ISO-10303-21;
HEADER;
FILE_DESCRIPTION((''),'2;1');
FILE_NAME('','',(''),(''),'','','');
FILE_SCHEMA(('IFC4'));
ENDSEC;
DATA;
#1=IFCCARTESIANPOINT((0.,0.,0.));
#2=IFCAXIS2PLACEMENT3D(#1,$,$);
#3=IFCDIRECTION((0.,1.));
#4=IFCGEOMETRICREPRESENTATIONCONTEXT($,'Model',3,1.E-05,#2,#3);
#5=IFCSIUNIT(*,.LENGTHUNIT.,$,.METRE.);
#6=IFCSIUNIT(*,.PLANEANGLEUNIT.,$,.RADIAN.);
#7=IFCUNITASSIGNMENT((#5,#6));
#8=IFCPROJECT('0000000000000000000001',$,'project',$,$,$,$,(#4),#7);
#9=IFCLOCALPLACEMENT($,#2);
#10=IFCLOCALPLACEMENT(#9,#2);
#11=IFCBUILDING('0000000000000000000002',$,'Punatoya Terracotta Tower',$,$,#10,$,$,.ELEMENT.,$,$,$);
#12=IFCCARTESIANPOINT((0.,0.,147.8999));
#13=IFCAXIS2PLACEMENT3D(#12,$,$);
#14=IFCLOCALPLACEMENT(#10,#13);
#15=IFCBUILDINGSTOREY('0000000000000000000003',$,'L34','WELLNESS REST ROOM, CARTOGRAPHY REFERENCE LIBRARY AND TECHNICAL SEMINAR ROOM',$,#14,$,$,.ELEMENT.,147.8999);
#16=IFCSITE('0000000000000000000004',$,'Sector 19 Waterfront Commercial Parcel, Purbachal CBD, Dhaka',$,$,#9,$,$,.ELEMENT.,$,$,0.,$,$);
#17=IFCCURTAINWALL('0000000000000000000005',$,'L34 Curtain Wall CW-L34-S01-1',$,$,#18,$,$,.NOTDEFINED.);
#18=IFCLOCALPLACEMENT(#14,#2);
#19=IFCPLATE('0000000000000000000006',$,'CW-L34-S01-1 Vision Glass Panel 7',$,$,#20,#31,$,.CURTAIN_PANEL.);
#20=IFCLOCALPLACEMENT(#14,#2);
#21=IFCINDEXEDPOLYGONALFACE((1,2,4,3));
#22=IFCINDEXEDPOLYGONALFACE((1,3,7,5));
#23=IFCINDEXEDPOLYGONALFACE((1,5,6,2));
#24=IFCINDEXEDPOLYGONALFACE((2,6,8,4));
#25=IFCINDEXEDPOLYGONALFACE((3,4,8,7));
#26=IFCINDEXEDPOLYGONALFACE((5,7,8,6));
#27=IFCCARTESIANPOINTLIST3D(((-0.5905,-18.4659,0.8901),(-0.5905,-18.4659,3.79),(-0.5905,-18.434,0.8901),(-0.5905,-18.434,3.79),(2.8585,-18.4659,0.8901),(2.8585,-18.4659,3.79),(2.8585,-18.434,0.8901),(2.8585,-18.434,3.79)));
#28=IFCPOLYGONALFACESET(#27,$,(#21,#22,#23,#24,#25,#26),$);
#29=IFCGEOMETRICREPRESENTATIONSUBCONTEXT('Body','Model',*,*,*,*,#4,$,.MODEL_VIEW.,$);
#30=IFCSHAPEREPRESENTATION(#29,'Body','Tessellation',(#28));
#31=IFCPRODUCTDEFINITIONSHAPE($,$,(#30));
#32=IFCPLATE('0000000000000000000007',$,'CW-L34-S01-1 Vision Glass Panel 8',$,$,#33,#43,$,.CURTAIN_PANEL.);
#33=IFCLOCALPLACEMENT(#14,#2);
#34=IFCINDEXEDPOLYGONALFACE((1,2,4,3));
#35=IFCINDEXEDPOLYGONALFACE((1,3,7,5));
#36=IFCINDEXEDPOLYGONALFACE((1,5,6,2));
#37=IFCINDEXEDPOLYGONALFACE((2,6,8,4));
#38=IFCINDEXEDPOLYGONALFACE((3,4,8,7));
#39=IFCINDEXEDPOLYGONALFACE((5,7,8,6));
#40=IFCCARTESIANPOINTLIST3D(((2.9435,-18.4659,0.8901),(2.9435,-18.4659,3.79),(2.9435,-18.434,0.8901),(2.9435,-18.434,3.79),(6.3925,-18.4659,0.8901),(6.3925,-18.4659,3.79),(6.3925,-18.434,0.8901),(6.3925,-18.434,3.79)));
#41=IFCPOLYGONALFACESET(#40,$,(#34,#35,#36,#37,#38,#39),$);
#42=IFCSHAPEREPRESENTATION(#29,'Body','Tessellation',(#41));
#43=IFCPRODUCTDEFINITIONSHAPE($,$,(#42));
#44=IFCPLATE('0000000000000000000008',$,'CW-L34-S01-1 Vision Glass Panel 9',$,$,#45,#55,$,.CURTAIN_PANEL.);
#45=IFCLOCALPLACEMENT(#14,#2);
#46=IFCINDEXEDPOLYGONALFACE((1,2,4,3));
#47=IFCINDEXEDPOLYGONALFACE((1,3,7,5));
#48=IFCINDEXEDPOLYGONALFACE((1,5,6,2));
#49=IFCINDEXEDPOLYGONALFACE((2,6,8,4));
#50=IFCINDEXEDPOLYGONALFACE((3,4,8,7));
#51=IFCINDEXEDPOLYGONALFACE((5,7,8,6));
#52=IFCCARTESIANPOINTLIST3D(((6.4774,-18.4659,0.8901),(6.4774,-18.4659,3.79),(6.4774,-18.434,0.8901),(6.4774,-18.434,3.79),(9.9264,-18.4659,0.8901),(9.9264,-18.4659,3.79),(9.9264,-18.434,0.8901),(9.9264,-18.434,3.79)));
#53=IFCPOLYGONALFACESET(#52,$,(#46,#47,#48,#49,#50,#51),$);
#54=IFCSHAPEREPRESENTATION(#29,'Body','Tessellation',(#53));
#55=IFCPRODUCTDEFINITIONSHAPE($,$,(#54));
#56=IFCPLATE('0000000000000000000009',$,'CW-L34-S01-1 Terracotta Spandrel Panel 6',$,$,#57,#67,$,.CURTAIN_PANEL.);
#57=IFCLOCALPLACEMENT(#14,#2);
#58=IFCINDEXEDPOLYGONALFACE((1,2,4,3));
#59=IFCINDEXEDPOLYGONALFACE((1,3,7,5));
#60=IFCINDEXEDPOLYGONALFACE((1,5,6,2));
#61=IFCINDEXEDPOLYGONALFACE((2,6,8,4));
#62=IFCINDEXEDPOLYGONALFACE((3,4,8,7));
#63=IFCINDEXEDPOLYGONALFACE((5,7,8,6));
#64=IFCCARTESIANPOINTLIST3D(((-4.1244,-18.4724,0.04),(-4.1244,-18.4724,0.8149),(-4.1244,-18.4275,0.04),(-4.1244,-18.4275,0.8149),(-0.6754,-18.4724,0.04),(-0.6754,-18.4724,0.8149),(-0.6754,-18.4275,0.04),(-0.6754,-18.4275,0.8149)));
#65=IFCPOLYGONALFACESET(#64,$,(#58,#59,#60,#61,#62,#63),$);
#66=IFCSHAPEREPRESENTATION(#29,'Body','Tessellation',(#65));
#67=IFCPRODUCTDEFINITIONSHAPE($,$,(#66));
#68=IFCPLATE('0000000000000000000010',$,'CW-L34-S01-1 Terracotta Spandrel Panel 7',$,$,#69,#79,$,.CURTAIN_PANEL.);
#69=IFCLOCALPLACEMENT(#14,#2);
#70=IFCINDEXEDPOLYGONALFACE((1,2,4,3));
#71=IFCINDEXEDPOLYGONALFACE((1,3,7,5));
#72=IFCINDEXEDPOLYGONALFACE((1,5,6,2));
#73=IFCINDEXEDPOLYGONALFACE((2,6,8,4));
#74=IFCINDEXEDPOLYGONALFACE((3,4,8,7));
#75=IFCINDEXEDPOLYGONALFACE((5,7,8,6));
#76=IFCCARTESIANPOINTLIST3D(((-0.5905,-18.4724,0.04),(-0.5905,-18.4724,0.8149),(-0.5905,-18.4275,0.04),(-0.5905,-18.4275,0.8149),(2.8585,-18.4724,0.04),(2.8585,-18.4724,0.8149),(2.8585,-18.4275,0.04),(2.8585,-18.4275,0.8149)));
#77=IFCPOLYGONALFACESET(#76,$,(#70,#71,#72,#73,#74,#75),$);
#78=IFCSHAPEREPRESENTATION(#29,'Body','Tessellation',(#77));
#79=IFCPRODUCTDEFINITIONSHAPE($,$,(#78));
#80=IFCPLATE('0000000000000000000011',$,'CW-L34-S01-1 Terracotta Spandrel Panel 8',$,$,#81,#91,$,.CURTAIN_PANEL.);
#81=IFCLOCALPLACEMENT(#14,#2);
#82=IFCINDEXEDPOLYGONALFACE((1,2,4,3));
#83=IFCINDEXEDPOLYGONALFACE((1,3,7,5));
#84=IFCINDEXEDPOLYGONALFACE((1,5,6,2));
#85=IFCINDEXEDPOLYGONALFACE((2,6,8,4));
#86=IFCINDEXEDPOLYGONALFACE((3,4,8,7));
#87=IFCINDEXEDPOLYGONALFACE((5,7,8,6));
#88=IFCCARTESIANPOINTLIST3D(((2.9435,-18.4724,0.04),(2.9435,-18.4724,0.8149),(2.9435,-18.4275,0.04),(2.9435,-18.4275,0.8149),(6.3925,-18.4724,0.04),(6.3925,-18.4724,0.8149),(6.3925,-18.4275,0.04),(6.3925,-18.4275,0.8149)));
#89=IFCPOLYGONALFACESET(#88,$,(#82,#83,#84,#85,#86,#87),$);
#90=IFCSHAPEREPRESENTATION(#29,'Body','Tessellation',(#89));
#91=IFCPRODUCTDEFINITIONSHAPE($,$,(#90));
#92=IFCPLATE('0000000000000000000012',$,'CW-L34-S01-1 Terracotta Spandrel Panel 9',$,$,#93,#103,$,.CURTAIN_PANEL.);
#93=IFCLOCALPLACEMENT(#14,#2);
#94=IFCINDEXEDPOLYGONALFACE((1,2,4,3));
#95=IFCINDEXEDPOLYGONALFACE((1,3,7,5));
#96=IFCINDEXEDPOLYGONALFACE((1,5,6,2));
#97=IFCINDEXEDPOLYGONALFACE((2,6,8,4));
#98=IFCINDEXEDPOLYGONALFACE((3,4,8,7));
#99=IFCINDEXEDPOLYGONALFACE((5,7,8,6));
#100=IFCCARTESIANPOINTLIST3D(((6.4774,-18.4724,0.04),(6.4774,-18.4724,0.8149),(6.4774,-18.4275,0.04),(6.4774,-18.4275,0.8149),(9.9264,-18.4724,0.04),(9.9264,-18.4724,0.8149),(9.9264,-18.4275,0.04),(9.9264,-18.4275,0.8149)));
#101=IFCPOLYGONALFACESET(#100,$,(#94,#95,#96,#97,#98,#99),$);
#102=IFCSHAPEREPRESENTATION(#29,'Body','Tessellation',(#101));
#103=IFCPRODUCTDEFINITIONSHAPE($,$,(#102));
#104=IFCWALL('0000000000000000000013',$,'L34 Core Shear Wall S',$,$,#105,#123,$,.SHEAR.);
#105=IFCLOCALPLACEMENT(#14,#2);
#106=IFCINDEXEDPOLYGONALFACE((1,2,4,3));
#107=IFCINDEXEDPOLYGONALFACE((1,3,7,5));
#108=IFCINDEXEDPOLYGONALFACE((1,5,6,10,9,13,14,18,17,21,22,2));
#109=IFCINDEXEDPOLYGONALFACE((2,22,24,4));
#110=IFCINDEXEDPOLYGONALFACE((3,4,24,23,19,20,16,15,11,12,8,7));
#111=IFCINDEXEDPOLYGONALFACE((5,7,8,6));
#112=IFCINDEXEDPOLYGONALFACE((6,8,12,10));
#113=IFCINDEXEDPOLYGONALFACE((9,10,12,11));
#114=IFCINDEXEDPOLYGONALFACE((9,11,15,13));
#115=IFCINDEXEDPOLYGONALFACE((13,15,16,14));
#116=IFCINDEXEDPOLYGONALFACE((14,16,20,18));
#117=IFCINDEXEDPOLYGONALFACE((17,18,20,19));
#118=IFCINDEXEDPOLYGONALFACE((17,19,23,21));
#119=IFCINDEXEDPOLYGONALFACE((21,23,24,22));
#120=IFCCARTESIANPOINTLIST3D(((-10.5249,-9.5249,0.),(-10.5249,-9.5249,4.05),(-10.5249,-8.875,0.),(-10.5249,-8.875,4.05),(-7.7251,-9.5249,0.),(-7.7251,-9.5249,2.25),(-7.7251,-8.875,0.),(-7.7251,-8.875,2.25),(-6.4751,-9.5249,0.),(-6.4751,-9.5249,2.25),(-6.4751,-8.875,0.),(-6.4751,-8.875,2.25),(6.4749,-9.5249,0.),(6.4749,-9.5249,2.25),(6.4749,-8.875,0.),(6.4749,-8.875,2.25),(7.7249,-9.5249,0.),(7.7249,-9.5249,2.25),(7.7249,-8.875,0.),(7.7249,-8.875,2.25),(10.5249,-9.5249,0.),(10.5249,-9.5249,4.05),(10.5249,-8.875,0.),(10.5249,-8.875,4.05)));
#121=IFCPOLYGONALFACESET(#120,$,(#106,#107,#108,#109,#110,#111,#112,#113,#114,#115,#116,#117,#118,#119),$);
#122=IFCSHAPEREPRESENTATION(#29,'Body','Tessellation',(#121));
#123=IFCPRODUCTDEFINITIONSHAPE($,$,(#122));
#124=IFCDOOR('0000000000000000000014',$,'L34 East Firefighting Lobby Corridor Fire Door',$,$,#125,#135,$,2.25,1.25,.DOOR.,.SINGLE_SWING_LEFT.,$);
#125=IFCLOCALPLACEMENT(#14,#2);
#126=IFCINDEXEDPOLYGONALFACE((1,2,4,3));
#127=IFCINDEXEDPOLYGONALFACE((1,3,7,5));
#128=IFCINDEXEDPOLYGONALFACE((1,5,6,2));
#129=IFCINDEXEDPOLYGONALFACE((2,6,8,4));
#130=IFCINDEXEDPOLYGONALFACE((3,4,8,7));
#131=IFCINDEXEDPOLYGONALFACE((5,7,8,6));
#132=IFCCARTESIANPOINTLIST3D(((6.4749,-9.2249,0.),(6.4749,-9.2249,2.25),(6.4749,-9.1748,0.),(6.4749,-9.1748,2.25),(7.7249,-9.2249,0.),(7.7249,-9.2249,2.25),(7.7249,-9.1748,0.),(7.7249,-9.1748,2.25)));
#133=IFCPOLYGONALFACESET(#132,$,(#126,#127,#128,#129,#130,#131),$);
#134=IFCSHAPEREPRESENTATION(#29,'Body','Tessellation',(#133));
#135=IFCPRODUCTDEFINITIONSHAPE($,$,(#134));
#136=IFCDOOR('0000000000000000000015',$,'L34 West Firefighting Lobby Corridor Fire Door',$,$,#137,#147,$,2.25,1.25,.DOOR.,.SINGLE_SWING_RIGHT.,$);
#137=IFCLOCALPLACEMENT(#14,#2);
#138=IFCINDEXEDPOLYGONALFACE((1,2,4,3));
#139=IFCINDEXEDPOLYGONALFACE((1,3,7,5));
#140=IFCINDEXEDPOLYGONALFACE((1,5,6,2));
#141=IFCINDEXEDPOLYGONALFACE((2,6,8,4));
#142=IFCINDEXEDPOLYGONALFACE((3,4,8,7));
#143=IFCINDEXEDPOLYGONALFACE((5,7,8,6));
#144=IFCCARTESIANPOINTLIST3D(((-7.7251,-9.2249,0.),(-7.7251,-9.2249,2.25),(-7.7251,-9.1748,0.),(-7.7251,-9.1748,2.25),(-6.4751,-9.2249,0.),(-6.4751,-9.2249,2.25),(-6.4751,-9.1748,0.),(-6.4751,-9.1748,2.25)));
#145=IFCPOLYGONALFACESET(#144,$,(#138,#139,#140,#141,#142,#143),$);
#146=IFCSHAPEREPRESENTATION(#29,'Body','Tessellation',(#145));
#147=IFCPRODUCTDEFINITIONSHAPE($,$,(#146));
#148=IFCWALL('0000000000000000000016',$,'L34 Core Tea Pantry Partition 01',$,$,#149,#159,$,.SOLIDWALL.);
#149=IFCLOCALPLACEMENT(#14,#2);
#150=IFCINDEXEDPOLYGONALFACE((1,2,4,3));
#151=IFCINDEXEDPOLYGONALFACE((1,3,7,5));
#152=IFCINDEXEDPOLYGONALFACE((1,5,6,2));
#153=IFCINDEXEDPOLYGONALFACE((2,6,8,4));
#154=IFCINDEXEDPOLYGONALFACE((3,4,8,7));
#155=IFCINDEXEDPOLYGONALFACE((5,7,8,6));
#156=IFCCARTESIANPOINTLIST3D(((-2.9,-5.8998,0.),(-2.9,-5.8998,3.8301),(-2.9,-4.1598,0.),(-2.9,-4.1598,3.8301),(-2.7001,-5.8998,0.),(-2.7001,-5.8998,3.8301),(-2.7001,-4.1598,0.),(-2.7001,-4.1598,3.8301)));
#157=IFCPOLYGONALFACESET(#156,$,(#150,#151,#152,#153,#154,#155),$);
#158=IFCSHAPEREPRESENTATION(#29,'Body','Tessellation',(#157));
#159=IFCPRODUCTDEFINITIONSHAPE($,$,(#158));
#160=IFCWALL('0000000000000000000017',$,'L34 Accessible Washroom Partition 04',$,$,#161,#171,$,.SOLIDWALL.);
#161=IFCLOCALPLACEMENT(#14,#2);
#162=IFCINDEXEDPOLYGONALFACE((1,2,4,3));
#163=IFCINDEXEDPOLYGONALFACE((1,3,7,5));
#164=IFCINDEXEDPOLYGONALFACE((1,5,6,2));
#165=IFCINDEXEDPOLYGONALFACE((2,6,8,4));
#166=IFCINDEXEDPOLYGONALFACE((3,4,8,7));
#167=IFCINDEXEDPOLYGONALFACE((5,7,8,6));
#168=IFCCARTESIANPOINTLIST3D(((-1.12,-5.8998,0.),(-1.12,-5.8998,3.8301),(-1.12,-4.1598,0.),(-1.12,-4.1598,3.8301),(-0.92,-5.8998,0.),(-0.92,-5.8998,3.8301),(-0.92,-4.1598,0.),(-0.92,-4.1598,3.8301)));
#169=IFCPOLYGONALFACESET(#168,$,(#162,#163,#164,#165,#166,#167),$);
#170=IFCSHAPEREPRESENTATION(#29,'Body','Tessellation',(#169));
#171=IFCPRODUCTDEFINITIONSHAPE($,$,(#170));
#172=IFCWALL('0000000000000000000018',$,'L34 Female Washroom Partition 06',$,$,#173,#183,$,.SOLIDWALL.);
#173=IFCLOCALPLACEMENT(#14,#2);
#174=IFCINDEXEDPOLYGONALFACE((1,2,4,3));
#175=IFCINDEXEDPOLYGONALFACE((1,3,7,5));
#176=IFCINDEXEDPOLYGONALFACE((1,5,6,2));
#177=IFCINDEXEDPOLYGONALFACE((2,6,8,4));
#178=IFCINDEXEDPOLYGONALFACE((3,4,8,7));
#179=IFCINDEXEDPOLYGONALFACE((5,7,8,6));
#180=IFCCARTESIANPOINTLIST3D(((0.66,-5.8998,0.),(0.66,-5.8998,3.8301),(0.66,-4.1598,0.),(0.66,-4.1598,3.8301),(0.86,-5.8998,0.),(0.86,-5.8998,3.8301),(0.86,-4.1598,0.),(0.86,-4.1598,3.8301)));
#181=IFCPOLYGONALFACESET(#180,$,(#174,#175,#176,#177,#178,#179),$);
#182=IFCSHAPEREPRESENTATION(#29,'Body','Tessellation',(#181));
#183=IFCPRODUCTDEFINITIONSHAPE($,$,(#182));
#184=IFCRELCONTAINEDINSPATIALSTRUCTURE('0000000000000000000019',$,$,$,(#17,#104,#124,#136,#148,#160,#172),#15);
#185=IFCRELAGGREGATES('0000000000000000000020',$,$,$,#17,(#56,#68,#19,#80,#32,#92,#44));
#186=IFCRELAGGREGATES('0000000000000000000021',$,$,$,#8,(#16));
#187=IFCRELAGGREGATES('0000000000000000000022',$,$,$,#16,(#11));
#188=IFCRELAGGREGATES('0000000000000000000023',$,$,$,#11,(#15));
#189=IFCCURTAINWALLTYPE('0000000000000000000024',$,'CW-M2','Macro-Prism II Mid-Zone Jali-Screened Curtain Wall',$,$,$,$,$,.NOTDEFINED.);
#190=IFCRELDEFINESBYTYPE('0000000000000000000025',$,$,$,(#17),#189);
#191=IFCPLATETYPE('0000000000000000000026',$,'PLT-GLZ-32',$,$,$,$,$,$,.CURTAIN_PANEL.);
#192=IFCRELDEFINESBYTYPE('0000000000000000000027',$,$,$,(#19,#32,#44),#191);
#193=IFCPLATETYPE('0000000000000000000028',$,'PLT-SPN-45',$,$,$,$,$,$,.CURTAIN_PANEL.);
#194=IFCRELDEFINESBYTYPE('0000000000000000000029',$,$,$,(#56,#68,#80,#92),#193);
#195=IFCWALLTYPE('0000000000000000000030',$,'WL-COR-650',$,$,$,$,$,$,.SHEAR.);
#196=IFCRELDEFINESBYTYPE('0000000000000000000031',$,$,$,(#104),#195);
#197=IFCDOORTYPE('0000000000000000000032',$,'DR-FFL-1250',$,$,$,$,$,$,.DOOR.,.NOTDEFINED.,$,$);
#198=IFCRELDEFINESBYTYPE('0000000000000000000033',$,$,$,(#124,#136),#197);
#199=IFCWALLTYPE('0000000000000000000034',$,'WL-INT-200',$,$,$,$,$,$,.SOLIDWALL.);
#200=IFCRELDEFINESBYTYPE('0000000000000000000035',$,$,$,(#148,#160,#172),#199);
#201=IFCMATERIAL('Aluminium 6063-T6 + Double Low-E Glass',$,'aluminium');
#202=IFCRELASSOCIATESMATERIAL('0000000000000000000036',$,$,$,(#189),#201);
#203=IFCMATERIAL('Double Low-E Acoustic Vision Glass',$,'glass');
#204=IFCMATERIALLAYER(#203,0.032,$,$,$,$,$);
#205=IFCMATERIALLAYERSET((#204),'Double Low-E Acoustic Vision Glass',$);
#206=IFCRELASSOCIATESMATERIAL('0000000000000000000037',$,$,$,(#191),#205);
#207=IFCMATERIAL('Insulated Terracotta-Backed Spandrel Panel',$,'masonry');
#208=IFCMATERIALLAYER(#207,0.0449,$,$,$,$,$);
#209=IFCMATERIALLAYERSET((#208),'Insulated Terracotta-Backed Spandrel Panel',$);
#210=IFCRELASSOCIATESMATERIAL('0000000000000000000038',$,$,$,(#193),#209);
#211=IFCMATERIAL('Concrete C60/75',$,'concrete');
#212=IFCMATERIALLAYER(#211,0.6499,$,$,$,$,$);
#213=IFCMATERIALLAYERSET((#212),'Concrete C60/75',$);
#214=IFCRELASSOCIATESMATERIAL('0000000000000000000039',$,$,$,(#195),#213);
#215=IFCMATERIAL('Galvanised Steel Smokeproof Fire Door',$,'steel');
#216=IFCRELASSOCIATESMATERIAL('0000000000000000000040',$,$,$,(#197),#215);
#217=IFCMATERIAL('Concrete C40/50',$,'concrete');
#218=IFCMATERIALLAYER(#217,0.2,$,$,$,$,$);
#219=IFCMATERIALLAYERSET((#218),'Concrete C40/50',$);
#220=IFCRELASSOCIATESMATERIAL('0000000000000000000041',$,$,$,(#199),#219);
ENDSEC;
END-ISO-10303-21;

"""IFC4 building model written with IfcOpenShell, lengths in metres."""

from ifc_helpers import new_model, si_unit, direction, frame, frame_2d, origin, origin_2d, place, context, subcontext, project, spatial, rectangle, extrude, material, layer, layer_set, type_object, element, fill, aggregate, save


model = new_model("IFC4")

# Units and contexts
model_context = context("Model", 3, precision=1e-05, world=origin(), true_north=direction((0.0, 1.0)))
body_context = subcontext(model_context, "Body", "Model", "MODEL_VIEW")
ifc_project = project(units=[si_unit("LENGTHUNIT", "METRE"), si_unit("PLANEANGLEUNIT", "RADIAN")], contexts=[model_context])

# Site, building, storey
site_placement = place(None, origin())
site = spatial("IfcSite", under=ifc_project, at=site_placement, Name="Sector 19 Waterfront Commercial Parcel, Purbachal CBD, Dhaka", CompositionType="ELEMENT", RefElevation=0.0)
building_placement = place(site_placement, origin())
building = spatial("IfcBuilding", under=site, at=building_placement, Name="Punatoya Terracotta Tower", CompositionType="ELEMENT")
storey_placement = place(building_placement, frame((0.0, 0.0, 147.8999)))
storey = spatial("IfcBuildingStorey", under=building, at=storey_placement, Name="L34", Description="WELLNESS REST ROOM, CARTOGRAPHY REFERENCE LIBRARY AND TECHNICAL SEMINAR ROOM", CompositionType="ELEMENT", Elevation=147.8999)

# Curtain wall, plates
ifc_material_1 = material(Name="Aluminium 6063-T6 + Double Low-E Glass", Category="aluminium")
curtain_wall_type = type_object("IfcCurtainWallType", Name="CW-M2", Description="Macro-Prism II Mid-Zone Jali-Screened Curtain Wall", PredefinedType="NOTDEFINED", material=ifc_material_1)
curtain_wall_placement = place(storey_placement, origin())
curtain_wall = element("IfcCurtainWall", 1, at=curtain_wall_placement, inside=storey, type_object=curtain_wall_type, Name="L34 Curtain Wall CW-L34-S01-1", PredefinedType="NOTDEFINED")
ifc_material_2 = material(Name="Double Low-E Acoustic Vision Glass", Category="glass")
ifc_layer_1 = layer(ifc_material_2, 0.032)
ifc_layer_set_1 = layer_set([ifc_layer_1], Name="Double Low-E Acoustic Vision Glass")
plate_type_1 = type_object("IfcPlateType", Name="PLT-GLZ-32", PredefinedType="CURTAIN_PANEL", material=ifc_layer_set_1)
plate_1_placement = place(storey_placement, frame((1.134, -18.45, 0.8901), z_axis=(0.0, 0.0, 1.0), x_axis=(1.0, 0.0, 0.0)))
plate_1 = element("IfcPlate", 2, at=plate_1_placement, type_object=plate_type_1, Name="CW-L34-S01-1 Vision Glass Panel 7", PredefinedType="CURTAIN_PANEL", context=body_context, shape_type="SweptSolid", body=[
    extrude(rectangle(XDim=3.449, YDim=0.032, at=origin_2d()), origin(), (0.0, 0.0, 1.0), 2.8999),
])
plate_2_placement = place(storey_placement, frame((4.668, -18.45, 0.8901), z_axis=(0.0, 0.0, 1.0), x_axis=(1.0, 0.0, 0.0)))
plate_2 = element("IfcPlate", 3, at=plate_2_placement, type_object=plate_type_1, Name="CW-L34-S01-1 Vision Glass Panel 8", PredefinedType="CURTAIN_PANEL", context=body_context, shape_type="SweptSolid", body=[
    extrude(rectangle(XDim=3.449, YDim=0.032, at=origin_2d()), origin(), (0.0, 0.0, 1.0), 2.8999),
])
plate_3_placement = place(storey_placement, frame((8.2019, -18.45, 0.8901), z_axis=(0.0, 0.0, 1.0), x_axis=(1.0, 0.0, 0.0)))
plate_3 = element("IfcPlate", 4, at=plate_3_placement, type_object=plate_type_1, Name="CW-L34-S01-1 Vision Glass Panel 9", PredefinedType="CURTAIN_PANEL", context=body_context, shape_type="SweptSolid", body=[
    extrude(rectangle(XDim=3.449, YDim=0.032, at=origin_2d()), origin(), (0.0, 0.0, 1.0), 2.8999),
])
ifc_material_3 = material(Name="Insulated Terracotta-Backed Spandrel Panel", Category="masonry")
ifc_layer_2 = layer(ifc_material_3, 0.0449)
ifc_layer_set_2 = layer_set([ifc_layer_2], Name="Insulated Terracotta-Backed Spandrel Panel")
plate_type_2 = type_object("IfcPlateType", Name="PLT-SPN-45", PredefinedType="CURTAIN_PANEL", material=ifc_layer_set_2)
plate_4_placement = place(storey_placement, frame((-2.3999, -18.45, 0.04), z_axis=(0.0, 0.0, 1.0), x_axis=(1.0, 0.0, 0.0)))
plate_4 = element("IfcPlate", 5, at=plate_4_placement, type_object=plate_type_2, Name="CW-L34-S01-1 Terracotta Spandrel Panel 6", PredefinedType="CURTAIN_PANEL", context=body_context, shape_type="SweptSolid", body=[
    extrude(rectangle(XDim=3.449, YDim=0.0449, at=origin_2d()), origin(), (0.0, 0.0, 1.0), 0.7749),
])
plate_5_placement = place(storey_placement, frame((1.134, -18.45, 0.04), z_axis=(0.0, 0.0, 1.0), x_axis=(1.0, 0.0, 0.0)))
plate_5 = element("IfcPlate", 6, at=plate_5_placement, type_object=plate_type_2, Name="CW-L34-S01-1 Terracotta Spandrel Panel 7", PredefinedType="CURTAIN_PANEL", context=body_context, shape_type="SweptSolid", body=[
    extrude(rectangle(XDim=3.449, YDim=0.0449, at=origin_2d()), origin(), (0.0, 0.0, 1.0), 0.7749),
])
plate_6_placement = place(storey_placement, frame((4.668, -18.45, 0.04), z_axis=(0.0, 0.0, 1.0), x_axis=(1.0, 0.0, 0.0)))
plate_6 = element("IfcPlate", 7, at=plate_6_placement, type_object=plate_type_2, Name="CW-L34-S01-1 Terracotta Spandrel Panel 8", PredefinedType="CURTAIN_PANEL", context=body_context, shape_type="SweptSolid", body=[
    extrude(rectangle(XDim=3.449, YDim=0.0449, at=origin_2d()), origin(), (0.0, 0.0, 1.0), 0.7749),
])
plate_7_placement = place(storey_placement, frame((8.2019, -18.45, 0.04), z_axis=(0.0, 0.0, 1.0), x_axis=(1.0, 0.0, 0.0)))
plate_7 = element("IfcPlate", 8, at=plate_7_placement, type_object=plate_type_2, Name="CW-L34-S01-1 Terracotta Spandrel Panel 9", PredefinedType="CURTAIN_PANEL", context=body_context, shape_type="SweptSolid", body=[
    extrude(rectangle(XDim=3.449, YDim=0.0449, at=origin_2d()), origin(), (0.0, 0.0, 1.0), 0.7749),
])
aggregate(curtain_wall, [plate_4, plate_5, plate_1, plate_6, plate_2, plate_7, plate_3])

# Wall, openings, doors
ifc_material_4 = material(Name="Concrete C60/75", Category="concrete")
ifc_layer_3 = layer(ifc_material_4, 0.6499)
ifc_layer_set_3 = layer_set([ifc_layer_3], Name="Concrete C60/75")
wall_type_1 = type_object("IfcWallType", Name="WL-COR-650", PredefinedType="SHEAR", material=ifc_layer_set_3)
wall_1_placement = place(storey_placement, frame((10.5249, -9.2, 0.0), z_axis=(0.0, 0.0, 1.0), x_axis=(-1.0, 0.0, 0.0)))
wall_1 = element("IfcWall", 9, at=wall_1_placement, inside=storey, type_object=wall_type_1, Name="L34 Core Shear Wall S", PredefinedType="SHEAR", context=body_context, shape_type="SweptSolid", body=[
    extrude(rectangle(XDim=21.0498, YDim=0.6499, at=frame_2d((10.5249, 0.0))), origin(), (0.0, 0.0, 1.0), 4.05),
])
opening_1_placement = place(wall_1_placement, frame((2.8, 0.0, 0.0)))
opening_1 = element("IfcOpeningElement", 10, at=opening_1_placement, cuts=wall_1, PredefinedType="OPENING", context=body_context, shape_type="SweptSolid", body=[
    extrude(rectangle(XDim=1.25, YDim=2.25, at=frame_2d((0.625, 1.125))), frame((0.0, 0.335, 0.0), z_axis=(0.0, -1.0, 0.0), x_axis=(1.0, 0.0, 0.0)), (0.0, 0.0, 1.0), 0.6699),
])
opening_2_placement = place(wall_1_placement, frame((17.0, 0.0, 0.0)))
opening_2 = element("IfcOpeningElement", 11, at=opening_2_placement, cuts=wall_1, PredefinedType="OPENING", context=body_context, shape_type="SweptSolid", body=[
    extrude(rectangle(XDim=1.25, YDim=2.25, at=frame_2d((0.625, 1.125))), frame((0.0, 0.335, 0.0), z_axis=(0.0, -1.0, 0.0), x_axis=(1.0, 0.0, 0.0)), (0.0, 0.0, 1.0), 0.6699),
])
ifc_material_5 = material(Name="Galvanised Steel Smokeproof Fire Door", Category="steel")
door_type_1 = type_object("IfcDoorType", Name="DR-FFL-1250", OperationType="NOTDEFINED", PredefinedType="DOOR", material=ifc_material_5)
door_1_placement = place(opening_1_placement, origin())
door_1 = element("IfcDoor", 12, at=door_1_placement, inside=storey, type_object=door_type_1, Name="L34 East Firefighting Lobby Corridor Fire Door", OperationType="SINGLE_SWING_LEFT", OverallHeight=2.25, OverallWidth=1.25, PredefinedType="DOOR", context=body_context, shape_type="SweptSolid", body=[
    extrude(rectangle(XDim=1.25, YDim=2.25, at=frame_2d((0.625, 1.125))), frame((0.0, 0.0249, 0.0), z_axis=(0.0, -1.0, 0.0), x_axis=(1.0, 0.0, 0.0)), (0.0, 0.0, 1.0), 0.05),
])
fill(opening_1, door_1)
door_2_placement = place(opening_2_placement, origin())
door_2 = element("IfcDoor", 13, at=door_2_placement, inside=storey, type_object=door_type_1, Name="L34 West Firefighting Lobby Corridor Fire Door", OperationType="SINGLE_SWING_RIGHT", OverallHeight=2.25, OverallWidth=1.25, PredefinedType="DOOR", context=body_context, shape_type="SweptSolid", body=[
    extrude(rectangle(XDim=1.25, YDim=2.25, at=frame_2d((0.625, 1.125))), frame((0.0, 0.0249, 0.0), z_axis=(0.0, -1.0, 0.0), x_axis=(1.0, 0.0, 0.0)), (0.0, 0.0, 1.0), 0.05),
])
fill(opening_2, door_2)

# Walls
ifc_material_6 = material(Name="Concrete C40/50", Category="concrete")
ifc_layer_4 = layer(ifc_material_6, 0.2)
ifc_layer_set_4 = layer_set([ifc_layer_4], Name="Concrete C40/50")
wall_type_2 = type_object("IfcWallType", Name="WL-INT-200", PredefinedType="SOLIDWALL", material=ifc_layer_set_4)
for number, where, z_axis, x_axis, name in (
    (14, (-2.8, -5.8999, 0.0), (0.0, 0.0, 1.0), (0.0, 1.0, 0.0), "L34 Core Tea Pantry Partition 01"),
    (15, (-1.02, -5.8999, 0.0), (0.0, 0.0, 1.0), (0.0, 1.0, 0.0), "L34 Accessible Washroom Partition 04"),
    (16, (0.76, -5.8999, 0.0), (0.0, 0.0, 1.0), (0.0, 1.0, 0.0), "L34 Female Washroom Partition 06"),
):
    element("IfcWall", number, at=place(storey_placement, frame(where, z_axis=z_axis, x_axis=x_axis)), inside=storey, type_object=wall_type_2, Name=name, PredefinedType="SOLIDWALL", context=body_context, shape_type="SweptSolid", body=[
        extrude(rectangle(XDim=1.74, YDim=0.2, at=frame_2d((0.8701, 0.0))), origin(), (0.0, 0.0, 1.0), 3.8301),
    ])

save(model, "model.ifc")
